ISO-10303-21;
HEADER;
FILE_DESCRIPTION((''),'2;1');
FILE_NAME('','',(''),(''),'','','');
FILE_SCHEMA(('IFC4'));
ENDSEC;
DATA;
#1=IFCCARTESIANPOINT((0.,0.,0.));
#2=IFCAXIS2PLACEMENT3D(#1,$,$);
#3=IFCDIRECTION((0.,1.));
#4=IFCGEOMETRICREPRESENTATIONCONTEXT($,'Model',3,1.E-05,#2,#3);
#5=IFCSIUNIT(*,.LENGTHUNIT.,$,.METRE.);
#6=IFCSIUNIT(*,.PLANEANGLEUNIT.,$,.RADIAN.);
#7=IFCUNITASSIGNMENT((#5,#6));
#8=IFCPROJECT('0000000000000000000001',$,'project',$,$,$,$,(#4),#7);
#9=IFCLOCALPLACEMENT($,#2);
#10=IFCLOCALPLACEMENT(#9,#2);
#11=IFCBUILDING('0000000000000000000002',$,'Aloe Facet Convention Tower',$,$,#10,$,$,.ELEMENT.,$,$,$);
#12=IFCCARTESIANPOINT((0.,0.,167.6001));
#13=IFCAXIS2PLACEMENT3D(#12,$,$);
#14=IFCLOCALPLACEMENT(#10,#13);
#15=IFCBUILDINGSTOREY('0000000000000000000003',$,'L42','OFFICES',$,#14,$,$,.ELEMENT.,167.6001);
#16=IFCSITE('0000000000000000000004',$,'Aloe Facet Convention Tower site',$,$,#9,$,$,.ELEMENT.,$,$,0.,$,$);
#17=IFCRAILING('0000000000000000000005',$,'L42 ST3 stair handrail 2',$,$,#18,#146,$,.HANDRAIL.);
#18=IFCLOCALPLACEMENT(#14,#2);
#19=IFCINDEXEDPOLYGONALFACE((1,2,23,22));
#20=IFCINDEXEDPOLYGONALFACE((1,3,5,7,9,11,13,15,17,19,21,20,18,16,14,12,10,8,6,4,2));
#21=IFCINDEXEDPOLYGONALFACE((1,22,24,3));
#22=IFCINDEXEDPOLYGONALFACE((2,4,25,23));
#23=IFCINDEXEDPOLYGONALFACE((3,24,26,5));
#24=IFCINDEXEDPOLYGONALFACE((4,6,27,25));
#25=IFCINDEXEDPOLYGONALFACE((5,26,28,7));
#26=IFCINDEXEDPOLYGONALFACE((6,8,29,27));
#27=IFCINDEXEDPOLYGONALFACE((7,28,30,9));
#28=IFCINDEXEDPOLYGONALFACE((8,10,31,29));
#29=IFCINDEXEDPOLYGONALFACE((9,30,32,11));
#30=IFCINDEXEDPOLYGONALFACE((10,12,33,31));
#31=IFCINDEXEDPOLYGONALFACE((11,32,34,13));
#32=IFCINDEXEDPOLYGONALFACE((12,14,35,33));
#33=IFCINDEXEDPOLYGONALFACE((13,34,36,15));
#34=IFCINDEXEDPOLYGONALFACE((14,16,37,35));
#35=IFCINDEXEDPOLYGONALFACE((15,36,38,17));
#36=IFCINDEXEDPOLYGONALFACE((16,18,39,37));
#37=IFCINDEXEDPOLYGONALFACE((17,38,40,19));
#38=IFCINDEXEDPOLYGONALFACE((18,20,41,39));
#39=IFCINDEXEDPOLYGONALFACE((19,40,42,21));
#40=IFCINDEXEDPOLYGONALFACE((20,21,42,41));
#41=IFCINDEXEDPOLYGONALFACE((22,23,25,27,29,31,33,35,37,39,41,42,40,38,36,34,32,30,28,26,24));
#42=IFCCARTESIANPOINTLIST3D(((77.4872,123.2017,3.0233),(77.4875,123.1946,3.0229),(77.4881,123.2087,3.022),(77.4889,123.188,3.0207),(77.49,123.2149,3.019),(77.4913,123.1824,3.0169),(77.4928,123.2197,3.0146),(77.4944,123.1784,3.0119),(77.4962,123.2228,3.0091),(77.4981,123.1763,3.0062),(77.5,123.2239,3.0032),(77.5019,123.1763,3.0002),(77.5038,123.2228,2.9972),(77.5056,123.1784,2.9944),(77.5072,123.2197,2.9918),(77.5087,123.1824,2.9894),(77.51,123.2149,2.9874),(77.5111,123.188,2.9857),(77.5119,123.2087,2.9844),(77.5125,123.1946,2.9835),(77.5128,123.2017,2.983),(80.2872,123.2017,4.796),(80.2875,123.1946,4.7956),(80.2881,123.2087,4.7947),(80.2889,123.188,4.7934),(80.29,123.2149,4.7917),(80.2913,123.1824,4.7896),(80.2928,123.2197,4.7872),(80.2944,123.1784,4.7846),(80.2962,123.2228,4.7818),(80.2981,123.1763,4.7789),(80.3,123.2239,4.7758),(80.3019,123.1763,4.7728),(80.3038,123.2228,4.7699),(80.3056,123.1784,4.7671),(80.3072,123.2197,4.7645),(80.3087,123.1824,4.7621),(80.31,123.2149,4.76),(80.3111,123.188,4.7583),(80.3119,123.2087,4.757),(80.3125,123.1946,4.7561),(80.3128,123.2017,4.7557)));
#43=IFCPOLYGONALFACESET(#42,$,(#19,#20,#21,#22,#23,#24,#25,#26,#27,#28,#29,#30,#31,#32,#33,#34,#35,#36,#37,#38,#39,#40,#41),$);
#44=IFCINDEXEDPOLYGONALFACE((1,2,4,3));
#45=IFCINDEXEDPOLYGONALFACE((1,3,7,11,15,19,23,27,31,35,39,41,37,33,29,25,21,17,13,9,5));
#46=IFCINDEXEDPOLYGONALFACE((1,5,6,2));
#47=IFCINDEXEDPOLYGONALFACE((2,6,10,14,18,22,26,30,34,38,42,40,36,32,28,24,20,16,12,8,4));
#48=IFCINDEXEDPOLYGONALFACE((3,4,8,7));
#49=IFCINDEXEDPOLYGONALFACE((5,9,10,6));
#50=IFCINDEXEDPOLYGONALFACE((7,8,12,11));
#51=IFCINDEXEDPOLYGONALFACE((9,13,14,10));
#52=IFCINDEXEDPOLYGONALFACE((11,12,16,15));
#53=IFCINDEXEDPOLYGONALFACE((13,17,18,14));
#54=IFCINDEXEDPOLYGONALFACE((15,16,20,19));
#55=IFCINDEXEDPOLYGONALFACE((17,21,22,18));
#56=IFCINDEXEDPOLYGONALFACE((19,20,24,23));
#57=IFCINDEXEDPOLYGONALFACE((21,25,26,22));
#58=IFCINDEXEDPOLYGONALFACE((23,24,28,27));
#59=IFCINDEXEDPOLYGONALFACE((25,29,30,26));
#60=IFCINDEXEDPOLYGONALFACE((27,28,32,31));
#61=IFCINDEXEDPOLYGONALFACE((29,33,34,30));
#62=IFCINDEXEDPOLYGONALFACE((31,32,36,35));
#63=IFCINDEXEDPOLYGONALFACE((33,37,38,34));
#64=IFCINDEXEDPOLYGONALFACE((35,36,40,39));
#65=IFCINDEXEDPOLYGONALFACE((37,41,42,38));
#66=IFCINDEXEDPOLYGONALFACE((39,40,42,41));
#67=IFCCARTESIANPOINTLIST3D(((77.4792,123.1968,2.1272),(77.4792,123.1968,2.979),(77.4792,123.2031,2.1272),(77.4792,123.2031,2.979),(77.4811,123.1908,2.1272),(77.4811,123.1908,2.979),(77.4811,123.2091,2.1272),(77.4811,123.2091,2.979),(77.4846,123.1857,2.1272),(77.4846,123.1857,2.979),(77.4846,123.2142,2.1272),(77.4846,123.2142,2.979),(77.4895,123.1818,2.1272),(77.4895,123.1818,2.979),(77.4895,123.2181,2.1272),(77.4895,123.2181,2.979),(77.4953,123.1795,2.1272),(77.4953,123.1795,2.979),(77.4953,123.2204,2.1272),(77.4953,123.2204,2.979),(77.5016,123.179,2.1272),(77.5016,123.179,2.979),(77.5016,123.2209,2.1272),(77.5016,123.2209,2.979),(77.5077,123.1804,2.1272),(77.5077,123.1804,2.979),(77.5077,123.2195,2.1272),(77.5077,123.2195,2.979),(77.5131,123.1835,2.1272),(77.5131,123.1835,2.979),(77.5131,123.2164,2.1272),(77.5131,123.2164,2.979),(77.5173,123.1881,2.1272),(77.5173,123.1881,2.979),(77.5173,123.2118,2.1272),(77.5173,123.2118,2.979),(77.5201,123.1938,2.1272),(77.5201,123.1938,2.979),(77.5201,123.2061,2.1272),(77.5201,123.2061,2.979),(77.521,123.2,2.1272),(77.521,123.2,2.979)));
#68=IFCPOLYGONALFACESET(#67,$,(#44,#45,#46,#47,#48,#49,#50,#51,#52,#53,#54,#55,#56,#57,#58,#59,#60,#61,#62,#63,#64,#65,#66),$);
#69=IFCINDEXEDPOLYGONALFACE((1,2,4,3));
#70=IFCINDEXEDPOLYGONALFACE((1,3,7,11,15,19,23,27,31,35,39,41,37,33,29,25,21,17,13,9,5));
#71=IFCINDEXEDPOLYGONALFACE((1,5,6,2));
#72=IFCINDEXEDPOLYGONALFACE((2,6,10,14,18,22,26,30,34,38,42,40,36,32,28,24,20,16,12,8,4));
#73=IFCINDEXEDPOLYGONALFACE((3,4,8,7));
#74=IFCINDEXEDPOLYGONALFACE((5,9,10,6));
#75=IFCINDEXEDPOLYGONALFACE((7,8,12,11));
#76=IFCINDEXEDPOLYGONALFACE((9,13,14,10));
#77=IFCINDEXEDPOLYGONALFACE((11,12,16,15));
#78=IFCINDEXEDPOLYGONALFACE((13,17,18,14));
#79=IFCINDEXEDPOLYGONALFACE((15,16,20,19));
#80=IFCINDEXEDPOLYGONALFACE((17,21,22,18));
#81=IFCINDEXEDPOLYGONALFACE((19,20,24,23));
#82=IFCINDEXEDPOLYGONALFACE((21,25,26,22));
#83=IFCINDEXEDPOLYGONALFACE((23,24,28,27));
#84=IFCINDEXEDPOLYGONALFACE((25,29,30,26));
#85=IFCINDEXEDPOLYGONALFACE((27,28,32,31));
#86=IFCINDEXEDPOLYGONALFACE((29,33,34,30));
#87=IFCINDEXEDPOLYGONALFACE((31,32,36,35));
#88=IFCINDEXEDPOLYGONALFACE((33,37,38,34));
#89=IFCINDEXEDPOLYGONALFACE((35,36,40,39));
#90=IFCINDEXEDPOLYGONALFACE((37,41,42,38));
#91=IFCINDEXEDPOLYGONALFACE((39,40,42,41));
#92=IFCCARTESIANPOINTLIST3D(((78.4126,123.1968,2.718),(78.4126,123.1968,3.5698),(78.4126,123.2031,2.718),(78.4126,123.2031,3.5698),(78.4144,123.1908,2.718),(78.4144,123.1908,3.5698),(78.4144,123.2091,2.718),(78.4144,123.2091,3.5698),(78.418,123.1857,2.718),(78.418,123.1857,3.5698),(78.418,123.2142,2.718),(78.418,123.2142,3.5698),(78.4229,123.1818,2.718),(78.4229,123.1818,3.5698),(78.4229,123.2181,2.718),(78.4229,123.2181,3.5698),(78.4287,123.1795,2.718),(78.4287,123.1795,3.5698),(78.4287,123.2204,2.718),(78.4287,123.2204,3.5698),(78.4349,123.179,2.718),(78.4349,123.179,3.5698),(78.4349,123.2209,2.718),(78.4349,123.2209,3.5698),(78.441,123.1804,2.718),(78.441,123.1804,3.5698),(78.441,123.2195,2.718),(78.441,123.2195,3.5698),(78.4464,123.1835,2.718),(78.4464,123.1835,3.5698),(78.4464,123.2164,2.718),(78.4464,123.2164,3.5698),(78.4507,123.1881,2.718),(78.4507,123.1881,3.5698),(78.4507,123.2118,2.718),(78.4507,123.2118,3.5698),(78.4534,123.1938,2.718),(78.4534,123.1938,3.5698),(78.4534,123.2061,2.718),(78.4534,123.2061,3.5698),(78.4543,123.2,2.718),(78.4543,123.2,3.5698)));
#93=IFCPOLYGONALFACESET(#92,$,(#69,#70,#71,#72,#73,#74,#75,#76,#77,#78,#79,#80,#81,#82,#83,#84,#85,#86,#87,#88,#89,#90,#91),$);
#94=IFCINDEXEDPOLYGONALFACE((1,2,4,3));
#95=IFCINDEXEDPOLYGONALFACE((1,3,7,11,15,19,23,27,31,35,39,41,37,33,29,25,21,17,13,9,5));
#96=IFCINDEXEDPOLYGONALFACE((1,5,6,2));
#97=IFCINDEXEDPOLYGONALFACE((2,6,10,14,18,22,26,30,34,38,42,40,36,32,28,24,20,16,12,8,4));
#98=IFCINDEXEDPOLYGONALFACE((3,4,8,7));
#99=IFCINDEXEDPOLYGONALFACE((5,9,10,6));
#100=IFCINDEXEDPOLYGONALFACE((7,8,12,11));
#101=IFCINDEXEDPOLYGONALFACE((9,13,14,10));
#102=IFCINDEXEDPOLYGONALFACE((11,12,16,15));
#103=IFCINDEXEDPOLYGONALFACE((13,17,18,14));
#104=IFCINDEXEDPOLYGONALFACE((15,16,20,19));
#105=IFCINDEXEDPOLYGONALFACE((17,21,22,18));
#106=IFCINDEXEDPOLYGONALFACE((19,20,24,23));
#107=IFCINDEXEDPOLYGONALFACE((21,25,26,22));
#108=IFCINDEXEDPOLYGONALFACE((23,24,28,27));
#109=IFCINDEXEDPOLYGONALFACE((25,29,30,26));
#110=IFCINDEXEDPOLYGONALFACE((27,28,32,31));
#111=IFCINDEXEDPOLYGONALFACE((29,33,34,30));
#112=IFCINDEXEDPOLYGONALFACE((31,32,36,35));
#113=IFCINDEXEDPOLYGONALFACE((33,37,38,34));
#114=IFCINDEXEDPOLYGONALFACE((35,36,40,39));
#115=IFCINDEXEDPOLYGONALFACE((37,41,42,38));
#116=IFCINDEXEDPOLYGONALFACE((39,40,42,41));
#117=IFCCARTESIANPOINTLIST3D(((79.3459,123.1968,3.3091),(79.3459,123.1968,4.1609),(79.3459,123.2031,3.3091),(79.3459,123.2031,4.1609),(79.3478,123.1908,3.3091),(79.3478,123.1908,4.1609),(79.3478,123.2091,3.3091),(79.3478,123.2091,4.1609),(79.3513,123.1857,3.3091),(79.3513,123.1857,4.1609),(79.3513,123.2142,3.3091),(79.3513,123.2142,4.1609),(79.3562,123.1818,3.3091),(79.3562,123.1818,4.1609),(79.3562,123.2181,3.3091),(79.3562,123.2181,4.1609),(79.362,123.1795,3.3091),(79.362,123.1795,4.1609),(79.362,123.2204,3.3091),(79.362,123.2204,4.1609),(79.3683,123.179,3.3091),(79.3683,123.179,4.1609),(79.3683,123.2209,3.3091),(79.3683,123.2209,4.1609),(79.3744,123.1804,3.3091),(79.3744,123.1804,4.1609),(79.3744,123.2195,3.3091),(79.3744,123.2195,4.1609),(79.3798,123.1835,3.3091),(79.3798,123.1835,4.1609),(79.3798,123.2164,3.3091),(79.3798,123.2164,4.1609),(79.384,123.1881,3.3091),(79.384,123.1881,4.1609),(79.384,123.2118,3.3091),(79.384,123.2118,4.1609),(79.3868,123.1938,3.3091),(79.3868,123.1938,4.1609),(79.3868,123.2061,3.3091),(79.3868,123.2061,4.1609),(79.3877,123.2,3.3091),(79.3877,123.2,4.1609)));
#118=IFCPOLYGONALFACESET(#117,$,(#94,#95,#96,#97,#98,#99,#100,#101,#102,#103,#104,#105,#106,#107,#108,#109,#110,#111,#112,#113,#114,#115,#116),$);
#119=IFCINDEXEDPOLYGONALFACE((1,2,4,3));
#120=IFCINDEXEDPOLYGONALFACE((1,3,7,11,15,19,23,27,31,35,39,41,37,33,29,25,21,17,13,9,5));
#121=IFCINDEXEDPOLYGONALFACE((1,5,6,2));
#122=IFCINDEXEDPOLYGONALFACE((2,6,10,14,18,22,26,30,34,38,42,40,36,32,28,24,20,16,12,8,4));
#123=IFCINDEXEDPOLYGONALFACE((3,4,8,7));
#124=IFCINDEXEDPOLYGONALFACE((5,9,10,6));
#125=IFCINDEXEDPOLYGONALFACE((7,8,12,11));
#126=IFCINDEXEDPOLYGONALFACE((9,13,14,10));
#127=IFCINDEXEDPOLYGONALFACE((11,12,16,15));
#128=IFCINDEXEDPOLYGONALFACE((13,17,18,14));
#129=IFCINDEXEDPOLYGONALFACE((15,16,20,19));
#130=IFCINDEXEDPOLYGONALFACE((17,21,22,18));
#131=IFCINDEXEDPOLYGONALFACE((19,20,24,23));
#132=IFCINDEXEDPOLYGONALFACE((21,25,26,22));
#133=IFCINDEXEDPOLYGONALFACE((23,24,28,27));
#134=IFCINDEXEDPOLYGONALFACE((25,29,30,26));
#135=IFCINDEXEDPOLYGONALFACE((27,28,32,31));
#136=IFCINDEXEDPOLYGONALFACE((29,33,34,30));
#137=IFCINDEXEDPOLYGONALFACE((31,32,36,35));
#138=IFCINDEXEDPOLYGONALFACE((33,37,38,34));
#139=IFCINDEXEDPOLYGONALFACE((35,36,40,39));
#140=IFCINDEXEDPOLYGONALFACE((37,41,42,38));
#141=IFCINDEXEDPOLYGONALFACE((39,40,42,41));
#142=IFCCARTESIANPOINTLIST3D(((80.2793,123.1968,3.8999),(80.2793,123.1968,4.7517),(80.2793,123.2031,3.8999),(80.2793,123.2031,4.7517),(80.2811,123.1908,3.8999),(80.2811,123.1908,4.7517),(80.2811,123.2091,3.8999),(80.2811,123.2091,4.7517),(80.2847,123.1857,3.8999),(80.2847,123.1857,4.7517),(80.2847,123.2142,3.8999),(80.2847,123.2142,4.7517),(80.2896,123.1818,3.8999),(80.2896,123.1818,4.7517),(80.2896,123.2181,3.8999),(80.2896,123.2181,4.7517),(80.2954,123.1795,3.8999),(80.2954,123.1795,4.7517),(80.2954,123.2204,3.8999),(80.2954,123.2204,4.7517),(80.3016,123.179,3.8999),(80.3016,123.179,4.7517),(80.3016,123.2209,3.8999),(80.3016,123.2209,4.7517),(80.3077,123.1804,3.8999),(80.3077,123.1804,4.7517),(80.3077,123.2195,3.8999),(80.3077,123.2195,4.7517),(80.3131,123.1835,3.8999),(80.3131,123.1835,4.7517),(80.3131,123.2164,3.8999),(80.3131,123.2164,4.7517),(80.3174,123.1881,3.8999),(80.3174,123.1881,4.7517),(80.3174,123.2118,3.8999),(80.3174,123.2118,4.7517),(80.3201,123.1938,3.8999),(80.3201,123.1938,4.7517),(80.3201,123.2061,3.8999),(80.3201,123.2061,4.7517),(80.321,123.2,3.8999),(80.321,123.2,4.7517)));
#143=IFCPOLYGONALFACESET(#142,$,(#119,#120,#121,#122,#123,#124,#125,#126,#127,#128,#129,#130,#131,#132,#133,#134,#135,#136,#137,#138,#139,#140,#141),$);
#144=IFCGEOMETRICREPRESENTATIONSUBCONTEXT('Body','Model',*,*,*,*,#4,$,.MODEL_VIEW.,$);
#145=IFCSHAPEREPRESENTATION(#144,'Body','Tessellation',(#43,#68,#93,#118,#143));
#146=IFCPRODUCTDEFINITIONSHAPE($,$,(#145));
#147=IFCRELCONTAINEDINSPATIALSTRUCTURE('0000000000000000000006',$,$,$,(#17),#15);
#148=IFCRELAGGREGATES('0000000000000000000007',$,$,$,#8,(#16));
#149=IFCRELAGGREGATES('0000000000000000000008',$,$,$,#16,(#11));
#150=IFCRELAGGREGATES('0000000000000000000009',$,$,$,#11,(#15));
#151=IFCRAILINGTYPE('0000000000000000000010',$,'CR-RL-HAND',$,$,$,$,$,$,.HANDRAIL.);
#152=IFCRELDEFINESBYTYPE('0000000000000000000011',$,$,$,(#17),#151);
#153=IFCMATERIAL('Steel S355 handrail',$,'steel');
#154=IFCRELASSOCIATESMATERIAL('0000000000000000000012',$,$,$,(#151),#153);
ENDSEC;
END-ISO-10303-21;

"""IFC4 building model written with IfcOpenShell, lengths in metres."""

from ifc_helpers import new_model, si_unit, direction, frame, origin, origin_2d, place, context, subcontext, project, spatial, circle, extrude, material, type_object, element, save


model = new_model("IFC4")

# Units and contexts
model_context = context("Model", 3, precision=1e-05, world=origin(), true_north=direction((0.0, 1.0)))
body_context = subcontext(model_context, "Body", "Model", "MODEL_VIEW")
ifc_project = project(units=[si_unit("LENGTHUNIT", "METRE"), si_unit("PLANEANGLEUNIT", "RADIAN")], contexts=[model_context])

# Site, building, storey
site_placement = place(None, origin())
site = spatial("IfcSite", under=ifc_project, at=site_placement, Name="Aloe Facet Convention Tower site", CompositionType="ELEMENT", RefElevation=0.0)
building_placement = place(site_placement, origin())
building = spatial("IfcBuilding", under=site, at=building_placement, Name="Aloe Facet Convention Tower", CompositionType="ELEMENT")
storey_placement = place(building_placement, frame((0.0, 0.0, 167.6001)))
storey = spatial("IfcBuildingStorey", under=building, at=storey_placement, Name="L42", Description="OFFICES", CompositionType="ELEMENT", Elevation=167.6001)

# Railing
ifc_material_1 = material(Name="Steel S355 handrail", Category="steel")
railing_type_1 = type_object("IfcRailingType", Name="CR-RL-HAND", PredefinedType="HANDRAIL", material=ifc_material_1)
railing_1_placement = place(storey_placement, frame((77.5, 123.2, 2.1272)))
element("IfcRailing", 1, at=railing_1_placement, inside=storey, type_object=railing_type_1, Name="L42 ST3 stair handrail 2", PredefinedType="HANDRAIL", context=body_context, shape_type="SweptSolid", body=[
    extrude(circle(Radius=0.0239, at=origin_2d()), frame((0.0, 0.0, 0.876), z_axis=(0.844909, 0.0, 0.53491), x_axis=(0.0, 1.0, 0.0)), (0.0, 0.0, 1.0), 3.314),
    extrude(circle(Radius=0.021, at=origin_2d()), origin(), (0.0, 0.0, 1.0), 0.8518),
    extrude(circle(Radius=0.021, at=origin_2d()), frame((0.9333, 0.0, 0.5908)), (0.0, 0.0, 1.0), 0.8518),
    extrude(circle(Radius=0.021, at=origin_2d()), frame((1.8667, 0.0, 1.1819)), (0.0, 0.0, 1.0), 0.8518),
    extrude(circle(Radius=0.021, at=origin_2d()), frame((2.8, 0.0, 1.7727)), (0.0, 0.0, 1.0), 0.8518),
])

save(model, "model.ifc")
